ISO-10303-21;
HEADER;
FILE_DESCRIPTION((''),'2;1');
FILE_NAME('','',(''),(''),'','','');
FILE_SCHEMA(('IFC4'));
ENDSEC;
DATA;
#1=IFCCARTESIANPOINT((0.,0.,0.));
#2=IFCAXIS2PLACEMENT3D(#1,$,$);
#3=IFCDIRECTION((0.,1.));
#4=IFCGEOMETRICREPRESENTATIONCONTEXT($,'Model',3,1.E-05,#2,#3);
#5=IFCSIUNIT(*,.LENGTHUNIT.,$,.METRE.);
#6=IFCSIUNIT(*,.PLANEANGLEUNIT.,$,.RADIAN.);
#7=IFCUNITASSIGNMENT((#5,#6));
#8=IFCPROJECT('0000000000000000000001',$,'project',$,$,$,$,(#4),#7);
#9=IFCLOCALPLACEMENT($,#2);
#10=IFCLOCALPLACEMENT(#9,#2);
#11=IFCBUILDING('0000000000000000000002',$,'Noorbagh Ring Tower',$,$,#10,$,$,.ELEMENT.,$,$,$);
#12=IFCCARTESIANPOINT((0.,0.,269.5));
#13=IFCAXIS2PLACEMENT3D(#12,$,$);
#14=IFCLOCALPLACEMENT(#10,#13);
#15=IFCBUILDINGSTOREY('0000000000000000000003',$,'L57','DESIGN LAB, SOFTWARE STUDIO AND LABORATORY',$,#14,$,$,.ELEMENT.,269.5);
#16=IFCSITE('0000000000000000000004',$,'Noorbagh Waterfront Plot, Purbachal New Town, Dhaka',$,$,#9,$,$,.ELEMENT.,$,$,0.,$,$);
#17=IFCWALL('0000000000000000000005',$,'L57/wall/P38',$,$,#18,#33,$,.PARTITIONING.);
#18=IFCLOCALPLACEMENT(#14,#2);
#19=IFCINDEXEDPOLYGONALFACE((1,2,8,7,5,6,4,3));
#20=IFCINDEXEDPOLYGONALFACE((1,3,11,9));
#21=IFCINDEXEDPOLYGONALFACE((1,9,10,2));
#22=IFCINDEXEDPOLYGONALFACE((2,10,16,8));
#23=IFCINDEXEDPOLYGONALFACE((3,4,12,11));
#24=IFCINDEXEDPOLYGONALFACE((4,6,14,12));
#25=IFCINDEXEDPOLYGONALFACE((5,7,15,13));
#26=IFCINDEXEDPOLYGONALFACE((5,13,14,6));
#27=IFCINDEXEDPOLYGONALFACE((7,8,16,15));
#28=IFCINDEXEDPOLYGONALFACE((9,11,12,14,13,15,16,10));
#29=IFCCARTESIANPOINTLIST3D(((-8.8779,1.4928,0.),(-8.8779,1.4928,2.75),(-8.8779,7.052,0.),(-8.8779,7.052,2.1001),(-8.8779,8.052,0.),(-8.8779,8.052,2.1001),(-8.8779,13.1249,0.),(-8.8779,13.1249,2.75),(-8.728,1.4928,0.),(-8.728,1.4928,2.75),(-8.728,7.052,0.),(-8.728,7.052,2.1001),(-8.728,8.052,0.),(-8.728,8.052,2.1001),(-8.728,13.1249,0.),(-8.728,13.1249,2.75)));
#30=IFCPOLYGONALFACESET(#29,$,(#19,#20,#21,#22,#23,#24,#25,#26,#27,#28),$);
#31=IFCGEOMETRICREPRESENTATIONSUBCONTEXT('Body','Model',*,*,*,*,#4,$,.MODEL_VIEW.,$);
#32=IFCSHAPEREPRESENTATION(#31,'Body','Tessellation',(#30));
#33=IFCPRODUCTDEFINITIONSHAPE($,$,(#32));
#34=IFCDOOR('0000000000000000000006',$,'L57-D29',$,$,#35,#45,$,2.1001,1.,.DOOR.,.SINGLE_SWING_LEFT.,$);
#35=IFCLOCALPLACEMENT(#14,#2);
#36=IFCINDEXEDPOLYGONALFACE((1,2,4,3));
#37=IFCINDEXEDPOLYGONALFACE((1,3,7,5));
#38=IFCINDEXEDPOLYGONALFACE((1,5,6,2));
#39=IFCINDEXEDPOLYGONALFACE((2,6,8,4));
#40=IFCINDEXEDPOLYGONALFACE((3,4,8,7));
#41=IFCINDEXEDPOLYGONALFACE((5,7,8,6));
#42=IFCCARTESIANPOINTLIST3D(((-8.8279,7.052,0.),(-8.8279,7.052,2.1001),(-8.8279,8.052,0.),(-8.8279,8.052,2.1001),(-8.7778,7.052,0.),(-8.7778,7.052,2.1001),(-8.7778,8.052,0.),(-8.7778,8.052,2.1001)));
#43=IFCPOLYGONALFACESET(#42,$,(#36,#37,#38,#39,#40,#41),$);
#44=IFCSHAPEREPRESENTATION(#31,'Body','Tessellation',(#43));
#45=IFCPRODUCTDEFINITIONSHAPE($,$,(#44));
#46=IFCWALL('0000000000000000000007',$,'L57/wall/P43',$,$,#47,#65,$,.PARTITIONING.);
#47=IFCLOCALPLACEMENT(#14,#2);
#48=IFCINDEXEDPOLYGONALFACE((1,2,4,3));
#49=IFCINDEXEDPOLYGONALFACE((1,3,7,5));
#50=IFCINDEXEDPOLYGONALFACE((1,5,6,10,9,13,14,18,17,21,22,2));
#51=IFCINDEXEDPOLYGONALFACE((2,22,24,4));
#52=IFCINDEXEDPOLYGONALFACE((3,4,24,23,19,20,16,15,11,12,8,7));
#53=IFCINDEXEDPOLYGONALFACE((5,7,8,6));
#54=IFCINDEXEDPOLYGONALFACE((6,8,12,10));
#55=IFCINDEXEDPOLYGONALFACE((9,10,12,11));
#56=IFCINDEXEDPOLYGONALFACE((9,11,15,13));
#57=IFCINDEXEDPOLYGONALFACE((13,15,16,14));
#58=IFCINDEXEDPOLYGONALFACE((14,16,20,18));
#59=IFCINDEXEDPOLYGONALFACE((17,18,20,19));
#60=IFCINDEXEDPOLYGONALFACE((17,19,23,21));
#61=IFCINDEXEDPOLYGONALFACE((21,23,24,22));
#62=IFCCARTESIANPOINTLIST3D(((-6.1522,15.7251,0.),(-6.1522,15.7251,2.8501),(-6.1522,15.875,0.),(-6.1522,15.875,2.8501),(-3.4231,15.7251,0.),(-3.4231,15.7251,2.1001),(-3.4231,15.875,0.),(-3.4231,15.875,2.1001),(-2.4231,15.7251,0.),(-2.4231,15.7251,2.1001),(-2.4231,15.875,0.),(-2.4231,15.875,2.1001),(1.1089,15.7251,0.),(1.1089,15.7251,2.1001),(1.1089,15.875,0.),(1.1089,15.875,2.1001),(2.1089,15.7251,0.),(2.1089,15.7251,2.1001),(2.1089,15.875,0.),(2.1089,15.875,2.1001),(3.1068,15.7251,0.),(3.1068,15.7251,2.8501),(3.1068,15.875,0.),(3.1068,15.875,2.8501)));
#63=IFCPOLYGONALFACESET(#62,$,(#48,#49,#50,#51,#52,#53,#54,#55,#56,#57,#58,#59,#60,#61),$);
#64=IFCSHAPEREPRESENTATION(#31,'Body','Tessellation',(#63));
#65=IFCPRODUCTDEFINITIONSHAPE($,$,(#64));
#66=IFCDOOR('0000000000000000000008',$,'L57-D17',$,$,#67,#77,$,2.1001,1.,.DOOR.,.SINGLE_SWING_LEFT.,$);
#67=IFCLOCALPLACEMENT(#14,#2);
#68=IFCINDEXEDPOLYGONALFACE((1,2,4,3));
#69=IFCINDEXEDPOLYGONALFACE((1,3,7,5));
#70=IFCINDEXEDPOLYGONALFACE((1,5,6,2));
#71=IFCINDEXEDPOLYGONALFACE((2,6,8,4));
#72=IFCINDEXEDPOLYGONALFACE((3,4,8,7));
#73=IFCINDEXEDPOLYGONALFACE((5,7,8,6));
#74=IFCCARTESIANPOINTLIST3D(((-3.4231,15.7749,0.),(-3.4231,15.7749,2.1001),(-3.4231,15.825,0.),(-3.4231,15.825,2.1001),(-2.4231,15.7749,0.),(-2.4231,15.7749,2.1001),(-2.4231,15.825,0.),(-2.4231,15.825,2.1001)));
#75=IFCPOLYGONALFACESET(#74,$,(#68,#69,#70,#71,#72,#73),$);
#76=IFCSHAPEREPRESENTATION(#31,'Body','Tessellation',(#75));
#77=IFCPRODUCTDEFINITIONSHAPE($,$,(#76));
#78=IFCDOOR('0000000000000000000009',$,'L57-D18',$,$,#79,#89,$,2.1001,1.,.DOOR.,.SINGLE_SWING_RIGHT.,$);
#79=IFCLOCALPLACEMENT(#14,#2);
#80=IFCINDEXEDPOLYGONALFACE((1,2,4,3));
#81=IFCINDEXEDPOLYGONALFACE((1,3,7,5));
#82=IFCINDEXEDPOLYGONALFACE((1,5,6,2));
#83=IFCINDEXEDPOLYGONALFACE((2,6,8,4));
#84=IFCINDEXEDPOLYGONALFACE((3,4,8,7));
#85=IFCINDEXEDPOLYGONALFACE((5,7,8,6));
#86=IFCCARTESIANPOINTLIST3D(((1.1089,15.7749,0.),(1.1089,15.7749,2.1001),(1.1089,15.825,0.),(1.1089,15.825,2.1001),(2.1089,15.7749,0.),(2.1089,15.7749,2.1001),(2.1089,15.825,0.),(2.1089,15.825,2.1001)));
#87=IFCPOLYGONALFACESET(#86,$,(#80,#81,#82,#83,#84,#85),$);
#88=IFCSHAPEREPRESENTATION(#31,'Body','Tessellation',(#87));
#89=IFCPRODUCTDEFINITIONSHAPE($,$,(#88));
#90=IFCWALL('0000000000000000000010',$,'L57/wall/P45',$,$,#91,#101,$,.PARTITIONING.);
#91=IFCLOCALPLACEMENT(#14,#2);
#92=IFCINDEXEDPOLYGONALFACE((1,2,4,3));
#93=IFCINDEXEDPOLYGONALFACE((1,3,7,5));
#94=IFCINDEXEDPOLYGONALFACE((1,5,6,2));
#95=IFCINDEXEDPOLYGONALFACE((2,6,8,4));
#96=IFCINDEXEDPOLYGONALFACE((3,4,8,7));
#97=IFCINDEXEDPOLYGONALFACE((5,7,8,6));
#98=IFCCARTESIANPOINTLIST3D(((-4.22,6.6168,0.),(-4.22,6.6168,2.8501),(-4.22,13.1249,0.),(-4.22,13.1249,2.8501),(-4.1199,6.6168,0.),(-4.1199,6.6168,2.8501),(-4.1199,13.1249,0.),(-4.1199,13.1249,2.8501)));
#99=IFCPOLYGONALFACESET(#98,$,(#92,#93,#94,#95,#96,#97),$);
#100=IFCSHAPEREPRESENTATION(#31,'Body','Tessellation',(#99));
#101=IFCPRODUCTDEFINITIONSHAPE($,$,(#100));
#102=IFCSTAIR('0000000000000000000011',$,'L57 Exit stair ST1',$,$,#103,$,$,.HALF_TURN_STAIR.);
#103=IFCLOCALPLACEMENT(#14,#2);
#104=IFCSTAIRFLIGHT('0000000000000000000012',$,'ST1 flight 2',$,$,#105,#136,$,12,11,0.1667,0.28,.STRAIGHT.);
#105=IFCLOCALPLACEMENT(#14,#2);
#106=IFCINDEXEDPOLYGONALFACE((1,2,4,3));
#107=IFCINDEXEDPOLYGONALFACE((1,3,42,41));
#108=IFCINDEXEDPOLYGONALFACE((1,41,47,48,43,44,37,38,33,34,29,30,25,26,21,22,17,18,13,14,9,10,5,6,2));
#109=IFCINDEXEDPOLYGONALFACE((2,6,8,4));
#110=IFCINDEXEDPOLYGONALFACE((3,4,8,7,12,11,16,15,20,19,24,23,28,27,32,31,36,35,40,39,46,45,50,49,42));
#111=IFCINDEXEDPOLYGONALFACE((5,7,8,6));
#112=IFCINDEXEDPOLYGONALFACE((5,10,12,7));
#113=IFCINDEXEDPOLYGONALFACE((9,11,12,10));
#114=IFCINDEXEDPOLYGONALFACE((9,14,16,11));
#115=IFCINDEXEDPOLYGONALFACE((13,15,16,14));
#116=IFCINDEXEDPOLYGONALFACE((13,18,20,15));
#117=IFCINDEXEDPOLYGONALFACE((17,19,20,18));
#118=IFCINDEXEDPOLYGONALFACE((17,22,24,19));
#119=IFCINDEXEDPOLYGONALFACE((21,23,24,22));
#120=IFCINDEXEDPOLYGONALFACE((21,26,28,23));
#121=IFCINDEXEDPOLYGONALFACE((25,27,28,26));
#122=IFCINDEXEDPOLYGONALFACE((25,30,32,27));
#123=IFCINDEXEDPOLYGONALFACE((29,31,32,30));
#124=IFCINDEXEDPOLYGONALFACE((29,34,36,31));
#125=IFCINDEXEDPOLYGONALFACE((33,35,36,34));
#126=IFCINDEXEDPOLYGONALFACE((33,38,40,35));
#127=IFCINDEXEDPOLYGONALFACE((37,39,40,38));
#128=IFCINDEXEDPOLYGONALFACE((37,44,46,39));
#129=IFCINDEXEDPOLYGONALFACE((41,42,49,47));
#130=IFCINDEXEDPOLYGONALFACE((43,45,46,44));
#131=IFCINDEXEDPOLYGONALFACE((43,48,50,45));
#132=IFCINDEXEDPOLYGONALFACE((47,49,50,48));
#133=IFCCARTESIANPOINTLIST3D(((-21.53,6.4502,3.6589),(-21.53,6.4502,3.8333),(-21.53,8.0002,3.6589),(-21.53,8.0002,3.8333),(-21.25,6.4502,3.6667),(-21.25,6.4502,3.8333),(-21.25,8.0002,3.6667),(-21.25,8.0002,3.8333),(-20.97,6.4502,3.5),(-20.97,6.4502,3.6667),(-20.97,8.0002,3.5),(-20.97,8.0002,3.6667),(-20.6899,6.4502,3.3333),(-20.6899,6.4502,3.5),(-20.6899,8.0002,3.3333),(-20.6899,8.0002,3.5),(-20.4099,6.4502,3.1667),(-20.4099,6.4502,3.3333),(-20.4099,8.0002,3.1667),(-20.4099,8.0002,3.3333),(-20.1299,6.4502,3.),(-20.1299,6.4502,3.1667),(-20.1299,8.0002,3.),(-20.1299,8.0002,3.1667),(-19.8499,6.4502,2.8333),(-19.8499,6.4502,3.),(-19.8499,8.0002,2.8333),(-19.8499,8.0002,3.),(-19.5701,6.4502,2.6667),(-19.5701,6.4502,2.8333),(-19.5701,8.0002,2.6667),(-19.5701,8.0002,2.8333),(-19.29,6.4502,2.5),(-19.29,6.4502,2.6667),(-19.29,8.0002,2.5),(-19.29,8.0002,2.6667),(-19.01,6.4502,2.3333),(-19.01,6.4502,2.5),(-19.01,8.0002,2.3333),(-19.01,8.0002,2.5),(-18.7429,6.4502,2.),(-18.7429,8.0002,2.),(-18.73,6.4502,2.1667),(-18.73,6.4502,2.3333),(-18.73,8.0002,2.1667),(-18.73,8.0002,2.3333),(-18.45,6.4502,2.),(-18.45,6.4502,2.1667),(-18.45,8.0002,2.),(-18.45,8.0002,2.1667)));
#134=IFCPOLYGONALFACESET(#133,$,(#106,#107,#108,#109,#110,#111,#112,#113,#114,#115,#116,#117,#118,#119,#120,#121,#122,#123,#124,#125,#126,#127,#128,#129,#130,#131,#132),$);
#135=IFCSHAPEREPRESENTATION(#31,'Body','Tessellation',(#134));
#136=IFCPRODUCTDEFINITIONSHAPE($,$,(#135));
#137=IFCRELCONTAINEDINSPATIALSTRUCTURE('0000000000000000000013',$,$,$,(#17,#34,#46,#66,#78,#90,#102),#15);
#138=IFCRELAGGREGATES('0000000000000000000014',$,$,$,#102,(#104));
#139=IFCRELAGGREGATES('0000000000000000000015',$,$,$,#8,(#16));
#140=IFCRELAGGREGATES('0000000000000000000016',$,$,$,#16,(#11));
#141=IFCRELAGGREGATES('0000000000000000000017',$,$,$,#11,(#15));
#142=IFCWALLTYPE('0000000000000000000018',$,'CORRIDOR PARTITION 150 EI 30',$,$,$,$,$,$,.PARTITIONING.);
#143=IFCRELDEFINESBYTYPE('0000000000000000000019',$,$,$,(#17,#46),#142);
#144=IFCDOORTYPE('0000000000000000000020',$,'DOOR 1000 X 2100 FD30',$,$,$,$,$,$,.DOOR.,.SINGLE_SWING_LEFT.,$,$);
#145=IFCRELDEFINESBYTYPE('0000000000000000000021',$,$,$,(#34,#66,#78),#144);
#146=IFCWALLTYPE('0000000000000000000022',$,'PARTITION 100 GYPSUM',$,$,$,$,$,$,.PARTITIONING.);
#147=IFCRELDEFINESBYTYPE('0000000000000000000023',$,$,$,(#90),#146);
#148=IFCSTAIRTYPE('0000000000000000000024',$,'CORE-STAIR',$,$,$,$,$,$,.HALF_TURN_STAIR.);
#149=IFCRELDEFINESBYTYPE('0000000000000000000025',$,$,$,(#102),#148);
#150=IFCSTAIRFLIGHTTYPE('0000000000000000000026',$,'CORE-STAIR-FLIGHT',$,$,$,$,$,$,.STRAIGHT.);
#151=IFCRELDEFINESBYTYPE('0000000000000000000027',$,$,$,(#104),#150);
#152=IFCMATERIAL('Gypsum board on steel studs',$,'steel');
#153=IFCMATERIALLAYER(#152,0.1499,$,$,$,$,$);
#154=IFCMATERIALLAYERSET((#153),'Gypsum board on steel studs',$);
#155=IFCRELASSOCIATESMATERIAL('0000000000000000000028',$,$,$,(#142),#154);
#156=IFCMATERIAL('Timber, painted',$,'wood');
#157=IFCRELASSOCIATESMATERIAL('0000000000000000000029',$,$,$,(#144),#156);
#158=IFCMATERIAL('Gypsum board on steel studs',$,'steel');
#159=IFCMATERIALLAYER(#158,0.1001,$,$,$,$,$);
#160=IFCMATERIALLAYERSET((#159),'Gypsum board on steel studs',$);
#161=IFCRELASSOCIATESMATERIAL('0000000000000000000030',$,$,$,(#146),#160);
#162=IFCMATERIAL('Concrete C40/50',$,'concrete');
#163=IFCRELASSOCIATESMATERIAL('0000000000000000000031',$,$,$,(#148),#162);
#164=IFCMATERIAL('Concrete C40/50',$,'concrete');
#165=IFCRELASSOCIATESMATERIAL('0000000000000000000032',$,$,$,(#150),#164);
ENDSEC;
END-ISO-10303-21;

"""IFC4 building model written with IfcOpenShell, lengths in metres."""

from ifc_helpers import new_model, si_unit, direction, frame, frame_2d, origin, place, context, subcontext, project, spatial, polyline, rectangle, outline, extrude, material, layer, layer_set, type_object, element, fill, aggregate, save


model = new_model("IFC4")

# Units and contexts
model_context = context("Model", 3, precision=1e-05, world=origin(), true_north=direction((0.0, 1.0)))
body_context = subcontext(model_context, "Body", "Model", "MODEL_VIEW")
ifc_project = project(units=[si_unit("LENGTHUNIT", "METRE"), si_unit("PLANEANGLEUNIT", "RADIAN")], contexts=[model_context])

# Site, building, storey
site_placement = place(None, origin())
site = spatial("IfcSite", under=ifc_project, at=site_placement, Name="Noorbagh Waterfront Plot, Purbachal New Town, Dhaka", CompositionType="ELEMENT", RefElevation=0.0)
building_placement = place(site_placement, origin())
building = spatial("IfcBuilding", under=site, at=building_placement, Name="Noorbagh Ring Tower", CompositionType="ELEMENT")
storey_placement = place(building_placement, frame((0.0, 0.0, 269.5)))
storey = spatial("IfcBuildingStorey", under=building, at=storey_placement, Name="L57", Description="DESIGN LAB, SOFTWARE STUDIO AND LABORATORY", CompositionType="ELEMENT", Elevation=269.5)

# Shared definitions
ifc_material_1 = material(Name="Gypsum board on steel studs", Category="steel")
ifc_layer_1 = layer(ifc_material_1, 0.1499)
ifc_layer_set_1 = layer_set([ifc_layer_1], Name="Gypsum board on steel studs")
wall_type_1 = type_object("IfcWallType", Name="CORRIDOR PARTITION 150 EI 30", PredefinedType="PARTITIONING", material=ifc_layer_set_1)

# Shared definitions
ifc_material_2 = material(Name="Timber, painted", Category="wood")
door_type_1 = type_object("IfcDoorType", Name="DOOR 1000 X 2100 FD30", OperationType="SINGLE_SWING_LEFT", PredefinedType="DOOR", material=ifc_material_2)

# Wall, opening, door
wall_1_placement = place(storey_placement, frame((-8.803, 1.4929, 0.0), z_axis=(0.0, 0.0, 1.0), x_axis=(0.0, 1.0, 0.0)))
wall_1 = element("IfcWall", 1, at=wall_1_placement, inside=storey, type_object=wall_type_1, Name="L57/wall/P38", PredefinedType="PARTITIONING", context=body_context, shape_type="SweptSolid", body=[
    extrude(rectangle(XDim=11.6321, YDim=0.1499, at=frame_2d((5.8159, 0.0))), origin(), (0.0, 0.0, 1.0), 2.75),
])
opening_1_placement = place(wall_1_placement, frame((5.5591, 0.0, 0.0)))
opening_1 = element("IfcOpeningElement", 2, at=opening_1_placement, cuts=wall_1, PredefinedType="OPENING", context=body_context, shape_type="SweptSolid", body=[
    extrude(rectangle(XDim=1.0, YDim=2.1001, at=frame_2d((0.5, 1.05))), frame((0.0, 0.085, 0.0), z_axis=(0.0, -1.0, 0.0), x_axis=(1.0, 0.0, 0.0)), (0.0, 0.0, 1.0), 0.1699),
])
door_1_placement = place(opening_1_placement, origin())
door_1 = element("IfcDoor", 3, at=door_1_placement, inside=storey, type_object=door_type_1, Name="L57-D29", OperationType="SINGLE_SWING_LEFT", OverallHeight=2.1001, OverallWidth=1.0, PredefinedType="DOOR", context=body_context, shape_type="SweptSolid", body=[
    extrude(rectangle(XDim=1.0, YDim=2.1001, at=frame_2d((0.5, 1.05))), frame((0.0, 0.0249, 0.0), z_axis=(0.0, -1.0, 0.0), x_axis=(1.0, 0.0, 0.0)), (0.0, 0.0, 1.0), 0.05),
])
fill(opening_1, door_1)

# Wall, openings, doors
wall_2_placement = place(storey_placement, frame((-6.1521, 15.8, 0.0), z_axis=(0.0, 0.0, 1.0), x_axis=(1.0, 0.0, 0.0)))
wall_2 = element("IfcWall", 4, at=wall_2_placement, inside=storey, type_object=wall_type_1, Name="L57/wall/P43", PredefinedType="PARTITIONING", context=body_context, shape_type="SweptSolid", body=[
    extrude(rectangle(XDim=9.259, YDim=0.1499, at=frame_2d((4.6294, 0.0))), origin(), (0.0, 0.0, 1.0), 2.8501),
])
opening_2_placement = place(wall_2_placement, frame((2.729, 0.0, 0.0)))
opening_2 = element("IfcOpeningElement", 5, at=opening_2_placement, cuts=wall_2, PredefinedType="OPENING", context=body_context, shape_type="SweptSolid", body=[
    extrude(rectangle(XDim=1.0, YDim=2.1001, at=frame_2d((0.5, 1.05))), frame((0.0, 0.085, 0.0), z_axis=(0.0, -1.0, 0.0), x_axis=(1.0, 0.0, 0.0)), (0.0, 0.0, 1.0), 0.1699),
])
opening_3_placement = place(wall_2_placement, frame((7.261, 0.0, 0.0)))
opening_3 = element("IfcOpeningElement", 6, at=opening_3_placement, cuts=wall_2, PredefinedType="OPENING", context=body_context, shape_type="SweptSolid", body=[
    extrude(rectangle(XDim=1.0, YDim=2.1001, at=frame_2d((0.5, 1.05))), frame((0.0, 0.085, 0.0), z_axis=(0.0, -1.0, 0.0), x_axis=(1.0, 0.0, 0.0)), (0.0, 0.0, 1.0), 0.1699),
])
door_2_placement = place(opening_2_placement, origin())
door_2 = element("IfcDoor", 7, at=door_2_placement, inside=storey, type_object=door_type_1, Name="L57-D17", OperationType="SINGLE_SWING_LEFT", OverallHeight=2.1001, OverallWidth=1.0, PredefinedType="DOOR", context=body_context, shape_type="SweptSolid", body=[
    extrude(rectangle(XDim=1.0, YDim=2.1001, at=frame_2d((0.5, 1.05))), frame((0.0, 0.0249, 0.0), z_axis=(0.0, -1.0, 0.0), x_axis=(1.0, 0.0, 0.0)), (0.0, 0.0, 1.0), 0.05),
])
fill(opening_2, door_2)
door_3_placement = place(opening_3_placement, origin())
door_3 = element("IfcDoor", 8, at=door_3_placement, inside=storey, type_object=door_type_1, Name="L57-D18", OperationType="SINGLE_SWING_RIGHT", OverallHeight=2.1001, OverallWidth=1.0, PredefinedType="DOOR", context=body_context, shape_type="SweptSolid", body=[
    extrude(rectangle(XDim=1.0, YDim=2.1001, at=frame_2d((0.5, 1.05))), frame((0.0, 0.0249, 0.0), z_axis=(0.0, -1.0, 0.0), x_axis=(1.0, 0.0, 0.0)), (0.0, 0.0, 1.0), 0.05),
])
fill(opening_3, door_3)

# Wall
ifc_material_3 = material(Name="Gypsum board on steel studs", Category="steel")
ifc_layer_2 = layer(ifc_material_3, 0.1001)
ifc_layer_set_2 = layer_set([ifc_layer_2], Name="Gypsum board on steel studs")
wall_type_2 = type_object("IfcWallType", Name="PARTITION 100 GYPSUM", PredefinedType="PARTITIONING", material=ifc_layer_set_2)
wall_3_placement = place(storey_placement, frame((-4.1699, 6.6169, 0.0), z_axis=(0.0, 0.0, 1.0), x_axis=(0.0, 1.0, 0.0)))
element("IfcWall", 9, at=wall_3_placement, inside=storey, type_object=wall_type_2, Name="L57/wall/P45", PredefinedType="PARTITIONING", context=body_context, shape_type="SweptSolid", body=[
    extrude(rectangle(XDim=6.5081, YDim=0.1001, at=frame_2d((3.2539, 0.0))), origin(), (0.0, 0.0, 1.0), 2.8501),
])

# Stair, stair flight
ifc_material_4 = material(Name="Concrete C40/50", Category="concrete")
stair_type = type_object("IfcStairType", Name="CORE-STAIR", PredefinedType="HALF_TURN_STAIR", material=ifc_material_4)
stair_placement = place(storey_placement, origin())
stair = element("IfcStair", 10, at=stair_placement, inside=storey, type_object=stair_type, Name="L57 Exit stair ST1", PredefinedType="HALF_TURN_STAIR")
ifc_material_5 = material(Name="Concrete C40/50", Category="concrete")
stair_flight_type = type_object("IfcStairFlightType", Name="CORE-STAIR-FLIGHT", PredefinedType="STRAIGHT", material=ifc_material_5)
stair_flight_placement = place(storey_placement, frame((-18.45, 7.2251, 2.0), z_axis=(0.0, 0.0, 1.0), x_axis=(-1.0, 0.0, 0.0)))
stair_flight = element("IfcStairFlight", 11, at=stair_flight_placement, type_object=stair_flight_type, Name="ST1 flight 2", NumberOfRisers=12, NumberOfTreads=11, PredefinedType="STRAIGHT", RiserHeight=0.1667, TreadLength=0.28, context=body_context, shape_type="SweptSolid", body=[
    extrude(outline(polyline([(0.0, 0.0), (0.0, 0.1667), (0.28, 0.1667), (0.28, 0.3333), (0.5601, 0.3333), (0.5601, 0.5), (0.8401, 0.5), (0.8401, 0.6667), (1.1201, 0.6667), (1.1201, 0.8333), (1.3999, 0.8333), (1.3999, 1.0), (1.6799, 1.0), (1.6799, 1.1667), (1.96, 1.1667), (1.96, 1.3333), (2.24, 1.3333), (2.24, 1.5), (2.52, 1.5), (2.52, 1.6667), (2.8, 1.6667), (2.8, 1.8333), (3.0801, 1.8333), (3.0801, 2.0), (3.0801, 1.6589), (0.293, 0.0), (0.0, 0.0)])), frame((0.0, 0.7749, 0.0), z_axis=(0.0, -1.0, 0.0), x_axis=(1.0, 0.0, 0.0)), (0.0, 0.0, 1.0), 1.55),
])
aggregate(stair, [stair_flight])

save(model, "model.ifc")
